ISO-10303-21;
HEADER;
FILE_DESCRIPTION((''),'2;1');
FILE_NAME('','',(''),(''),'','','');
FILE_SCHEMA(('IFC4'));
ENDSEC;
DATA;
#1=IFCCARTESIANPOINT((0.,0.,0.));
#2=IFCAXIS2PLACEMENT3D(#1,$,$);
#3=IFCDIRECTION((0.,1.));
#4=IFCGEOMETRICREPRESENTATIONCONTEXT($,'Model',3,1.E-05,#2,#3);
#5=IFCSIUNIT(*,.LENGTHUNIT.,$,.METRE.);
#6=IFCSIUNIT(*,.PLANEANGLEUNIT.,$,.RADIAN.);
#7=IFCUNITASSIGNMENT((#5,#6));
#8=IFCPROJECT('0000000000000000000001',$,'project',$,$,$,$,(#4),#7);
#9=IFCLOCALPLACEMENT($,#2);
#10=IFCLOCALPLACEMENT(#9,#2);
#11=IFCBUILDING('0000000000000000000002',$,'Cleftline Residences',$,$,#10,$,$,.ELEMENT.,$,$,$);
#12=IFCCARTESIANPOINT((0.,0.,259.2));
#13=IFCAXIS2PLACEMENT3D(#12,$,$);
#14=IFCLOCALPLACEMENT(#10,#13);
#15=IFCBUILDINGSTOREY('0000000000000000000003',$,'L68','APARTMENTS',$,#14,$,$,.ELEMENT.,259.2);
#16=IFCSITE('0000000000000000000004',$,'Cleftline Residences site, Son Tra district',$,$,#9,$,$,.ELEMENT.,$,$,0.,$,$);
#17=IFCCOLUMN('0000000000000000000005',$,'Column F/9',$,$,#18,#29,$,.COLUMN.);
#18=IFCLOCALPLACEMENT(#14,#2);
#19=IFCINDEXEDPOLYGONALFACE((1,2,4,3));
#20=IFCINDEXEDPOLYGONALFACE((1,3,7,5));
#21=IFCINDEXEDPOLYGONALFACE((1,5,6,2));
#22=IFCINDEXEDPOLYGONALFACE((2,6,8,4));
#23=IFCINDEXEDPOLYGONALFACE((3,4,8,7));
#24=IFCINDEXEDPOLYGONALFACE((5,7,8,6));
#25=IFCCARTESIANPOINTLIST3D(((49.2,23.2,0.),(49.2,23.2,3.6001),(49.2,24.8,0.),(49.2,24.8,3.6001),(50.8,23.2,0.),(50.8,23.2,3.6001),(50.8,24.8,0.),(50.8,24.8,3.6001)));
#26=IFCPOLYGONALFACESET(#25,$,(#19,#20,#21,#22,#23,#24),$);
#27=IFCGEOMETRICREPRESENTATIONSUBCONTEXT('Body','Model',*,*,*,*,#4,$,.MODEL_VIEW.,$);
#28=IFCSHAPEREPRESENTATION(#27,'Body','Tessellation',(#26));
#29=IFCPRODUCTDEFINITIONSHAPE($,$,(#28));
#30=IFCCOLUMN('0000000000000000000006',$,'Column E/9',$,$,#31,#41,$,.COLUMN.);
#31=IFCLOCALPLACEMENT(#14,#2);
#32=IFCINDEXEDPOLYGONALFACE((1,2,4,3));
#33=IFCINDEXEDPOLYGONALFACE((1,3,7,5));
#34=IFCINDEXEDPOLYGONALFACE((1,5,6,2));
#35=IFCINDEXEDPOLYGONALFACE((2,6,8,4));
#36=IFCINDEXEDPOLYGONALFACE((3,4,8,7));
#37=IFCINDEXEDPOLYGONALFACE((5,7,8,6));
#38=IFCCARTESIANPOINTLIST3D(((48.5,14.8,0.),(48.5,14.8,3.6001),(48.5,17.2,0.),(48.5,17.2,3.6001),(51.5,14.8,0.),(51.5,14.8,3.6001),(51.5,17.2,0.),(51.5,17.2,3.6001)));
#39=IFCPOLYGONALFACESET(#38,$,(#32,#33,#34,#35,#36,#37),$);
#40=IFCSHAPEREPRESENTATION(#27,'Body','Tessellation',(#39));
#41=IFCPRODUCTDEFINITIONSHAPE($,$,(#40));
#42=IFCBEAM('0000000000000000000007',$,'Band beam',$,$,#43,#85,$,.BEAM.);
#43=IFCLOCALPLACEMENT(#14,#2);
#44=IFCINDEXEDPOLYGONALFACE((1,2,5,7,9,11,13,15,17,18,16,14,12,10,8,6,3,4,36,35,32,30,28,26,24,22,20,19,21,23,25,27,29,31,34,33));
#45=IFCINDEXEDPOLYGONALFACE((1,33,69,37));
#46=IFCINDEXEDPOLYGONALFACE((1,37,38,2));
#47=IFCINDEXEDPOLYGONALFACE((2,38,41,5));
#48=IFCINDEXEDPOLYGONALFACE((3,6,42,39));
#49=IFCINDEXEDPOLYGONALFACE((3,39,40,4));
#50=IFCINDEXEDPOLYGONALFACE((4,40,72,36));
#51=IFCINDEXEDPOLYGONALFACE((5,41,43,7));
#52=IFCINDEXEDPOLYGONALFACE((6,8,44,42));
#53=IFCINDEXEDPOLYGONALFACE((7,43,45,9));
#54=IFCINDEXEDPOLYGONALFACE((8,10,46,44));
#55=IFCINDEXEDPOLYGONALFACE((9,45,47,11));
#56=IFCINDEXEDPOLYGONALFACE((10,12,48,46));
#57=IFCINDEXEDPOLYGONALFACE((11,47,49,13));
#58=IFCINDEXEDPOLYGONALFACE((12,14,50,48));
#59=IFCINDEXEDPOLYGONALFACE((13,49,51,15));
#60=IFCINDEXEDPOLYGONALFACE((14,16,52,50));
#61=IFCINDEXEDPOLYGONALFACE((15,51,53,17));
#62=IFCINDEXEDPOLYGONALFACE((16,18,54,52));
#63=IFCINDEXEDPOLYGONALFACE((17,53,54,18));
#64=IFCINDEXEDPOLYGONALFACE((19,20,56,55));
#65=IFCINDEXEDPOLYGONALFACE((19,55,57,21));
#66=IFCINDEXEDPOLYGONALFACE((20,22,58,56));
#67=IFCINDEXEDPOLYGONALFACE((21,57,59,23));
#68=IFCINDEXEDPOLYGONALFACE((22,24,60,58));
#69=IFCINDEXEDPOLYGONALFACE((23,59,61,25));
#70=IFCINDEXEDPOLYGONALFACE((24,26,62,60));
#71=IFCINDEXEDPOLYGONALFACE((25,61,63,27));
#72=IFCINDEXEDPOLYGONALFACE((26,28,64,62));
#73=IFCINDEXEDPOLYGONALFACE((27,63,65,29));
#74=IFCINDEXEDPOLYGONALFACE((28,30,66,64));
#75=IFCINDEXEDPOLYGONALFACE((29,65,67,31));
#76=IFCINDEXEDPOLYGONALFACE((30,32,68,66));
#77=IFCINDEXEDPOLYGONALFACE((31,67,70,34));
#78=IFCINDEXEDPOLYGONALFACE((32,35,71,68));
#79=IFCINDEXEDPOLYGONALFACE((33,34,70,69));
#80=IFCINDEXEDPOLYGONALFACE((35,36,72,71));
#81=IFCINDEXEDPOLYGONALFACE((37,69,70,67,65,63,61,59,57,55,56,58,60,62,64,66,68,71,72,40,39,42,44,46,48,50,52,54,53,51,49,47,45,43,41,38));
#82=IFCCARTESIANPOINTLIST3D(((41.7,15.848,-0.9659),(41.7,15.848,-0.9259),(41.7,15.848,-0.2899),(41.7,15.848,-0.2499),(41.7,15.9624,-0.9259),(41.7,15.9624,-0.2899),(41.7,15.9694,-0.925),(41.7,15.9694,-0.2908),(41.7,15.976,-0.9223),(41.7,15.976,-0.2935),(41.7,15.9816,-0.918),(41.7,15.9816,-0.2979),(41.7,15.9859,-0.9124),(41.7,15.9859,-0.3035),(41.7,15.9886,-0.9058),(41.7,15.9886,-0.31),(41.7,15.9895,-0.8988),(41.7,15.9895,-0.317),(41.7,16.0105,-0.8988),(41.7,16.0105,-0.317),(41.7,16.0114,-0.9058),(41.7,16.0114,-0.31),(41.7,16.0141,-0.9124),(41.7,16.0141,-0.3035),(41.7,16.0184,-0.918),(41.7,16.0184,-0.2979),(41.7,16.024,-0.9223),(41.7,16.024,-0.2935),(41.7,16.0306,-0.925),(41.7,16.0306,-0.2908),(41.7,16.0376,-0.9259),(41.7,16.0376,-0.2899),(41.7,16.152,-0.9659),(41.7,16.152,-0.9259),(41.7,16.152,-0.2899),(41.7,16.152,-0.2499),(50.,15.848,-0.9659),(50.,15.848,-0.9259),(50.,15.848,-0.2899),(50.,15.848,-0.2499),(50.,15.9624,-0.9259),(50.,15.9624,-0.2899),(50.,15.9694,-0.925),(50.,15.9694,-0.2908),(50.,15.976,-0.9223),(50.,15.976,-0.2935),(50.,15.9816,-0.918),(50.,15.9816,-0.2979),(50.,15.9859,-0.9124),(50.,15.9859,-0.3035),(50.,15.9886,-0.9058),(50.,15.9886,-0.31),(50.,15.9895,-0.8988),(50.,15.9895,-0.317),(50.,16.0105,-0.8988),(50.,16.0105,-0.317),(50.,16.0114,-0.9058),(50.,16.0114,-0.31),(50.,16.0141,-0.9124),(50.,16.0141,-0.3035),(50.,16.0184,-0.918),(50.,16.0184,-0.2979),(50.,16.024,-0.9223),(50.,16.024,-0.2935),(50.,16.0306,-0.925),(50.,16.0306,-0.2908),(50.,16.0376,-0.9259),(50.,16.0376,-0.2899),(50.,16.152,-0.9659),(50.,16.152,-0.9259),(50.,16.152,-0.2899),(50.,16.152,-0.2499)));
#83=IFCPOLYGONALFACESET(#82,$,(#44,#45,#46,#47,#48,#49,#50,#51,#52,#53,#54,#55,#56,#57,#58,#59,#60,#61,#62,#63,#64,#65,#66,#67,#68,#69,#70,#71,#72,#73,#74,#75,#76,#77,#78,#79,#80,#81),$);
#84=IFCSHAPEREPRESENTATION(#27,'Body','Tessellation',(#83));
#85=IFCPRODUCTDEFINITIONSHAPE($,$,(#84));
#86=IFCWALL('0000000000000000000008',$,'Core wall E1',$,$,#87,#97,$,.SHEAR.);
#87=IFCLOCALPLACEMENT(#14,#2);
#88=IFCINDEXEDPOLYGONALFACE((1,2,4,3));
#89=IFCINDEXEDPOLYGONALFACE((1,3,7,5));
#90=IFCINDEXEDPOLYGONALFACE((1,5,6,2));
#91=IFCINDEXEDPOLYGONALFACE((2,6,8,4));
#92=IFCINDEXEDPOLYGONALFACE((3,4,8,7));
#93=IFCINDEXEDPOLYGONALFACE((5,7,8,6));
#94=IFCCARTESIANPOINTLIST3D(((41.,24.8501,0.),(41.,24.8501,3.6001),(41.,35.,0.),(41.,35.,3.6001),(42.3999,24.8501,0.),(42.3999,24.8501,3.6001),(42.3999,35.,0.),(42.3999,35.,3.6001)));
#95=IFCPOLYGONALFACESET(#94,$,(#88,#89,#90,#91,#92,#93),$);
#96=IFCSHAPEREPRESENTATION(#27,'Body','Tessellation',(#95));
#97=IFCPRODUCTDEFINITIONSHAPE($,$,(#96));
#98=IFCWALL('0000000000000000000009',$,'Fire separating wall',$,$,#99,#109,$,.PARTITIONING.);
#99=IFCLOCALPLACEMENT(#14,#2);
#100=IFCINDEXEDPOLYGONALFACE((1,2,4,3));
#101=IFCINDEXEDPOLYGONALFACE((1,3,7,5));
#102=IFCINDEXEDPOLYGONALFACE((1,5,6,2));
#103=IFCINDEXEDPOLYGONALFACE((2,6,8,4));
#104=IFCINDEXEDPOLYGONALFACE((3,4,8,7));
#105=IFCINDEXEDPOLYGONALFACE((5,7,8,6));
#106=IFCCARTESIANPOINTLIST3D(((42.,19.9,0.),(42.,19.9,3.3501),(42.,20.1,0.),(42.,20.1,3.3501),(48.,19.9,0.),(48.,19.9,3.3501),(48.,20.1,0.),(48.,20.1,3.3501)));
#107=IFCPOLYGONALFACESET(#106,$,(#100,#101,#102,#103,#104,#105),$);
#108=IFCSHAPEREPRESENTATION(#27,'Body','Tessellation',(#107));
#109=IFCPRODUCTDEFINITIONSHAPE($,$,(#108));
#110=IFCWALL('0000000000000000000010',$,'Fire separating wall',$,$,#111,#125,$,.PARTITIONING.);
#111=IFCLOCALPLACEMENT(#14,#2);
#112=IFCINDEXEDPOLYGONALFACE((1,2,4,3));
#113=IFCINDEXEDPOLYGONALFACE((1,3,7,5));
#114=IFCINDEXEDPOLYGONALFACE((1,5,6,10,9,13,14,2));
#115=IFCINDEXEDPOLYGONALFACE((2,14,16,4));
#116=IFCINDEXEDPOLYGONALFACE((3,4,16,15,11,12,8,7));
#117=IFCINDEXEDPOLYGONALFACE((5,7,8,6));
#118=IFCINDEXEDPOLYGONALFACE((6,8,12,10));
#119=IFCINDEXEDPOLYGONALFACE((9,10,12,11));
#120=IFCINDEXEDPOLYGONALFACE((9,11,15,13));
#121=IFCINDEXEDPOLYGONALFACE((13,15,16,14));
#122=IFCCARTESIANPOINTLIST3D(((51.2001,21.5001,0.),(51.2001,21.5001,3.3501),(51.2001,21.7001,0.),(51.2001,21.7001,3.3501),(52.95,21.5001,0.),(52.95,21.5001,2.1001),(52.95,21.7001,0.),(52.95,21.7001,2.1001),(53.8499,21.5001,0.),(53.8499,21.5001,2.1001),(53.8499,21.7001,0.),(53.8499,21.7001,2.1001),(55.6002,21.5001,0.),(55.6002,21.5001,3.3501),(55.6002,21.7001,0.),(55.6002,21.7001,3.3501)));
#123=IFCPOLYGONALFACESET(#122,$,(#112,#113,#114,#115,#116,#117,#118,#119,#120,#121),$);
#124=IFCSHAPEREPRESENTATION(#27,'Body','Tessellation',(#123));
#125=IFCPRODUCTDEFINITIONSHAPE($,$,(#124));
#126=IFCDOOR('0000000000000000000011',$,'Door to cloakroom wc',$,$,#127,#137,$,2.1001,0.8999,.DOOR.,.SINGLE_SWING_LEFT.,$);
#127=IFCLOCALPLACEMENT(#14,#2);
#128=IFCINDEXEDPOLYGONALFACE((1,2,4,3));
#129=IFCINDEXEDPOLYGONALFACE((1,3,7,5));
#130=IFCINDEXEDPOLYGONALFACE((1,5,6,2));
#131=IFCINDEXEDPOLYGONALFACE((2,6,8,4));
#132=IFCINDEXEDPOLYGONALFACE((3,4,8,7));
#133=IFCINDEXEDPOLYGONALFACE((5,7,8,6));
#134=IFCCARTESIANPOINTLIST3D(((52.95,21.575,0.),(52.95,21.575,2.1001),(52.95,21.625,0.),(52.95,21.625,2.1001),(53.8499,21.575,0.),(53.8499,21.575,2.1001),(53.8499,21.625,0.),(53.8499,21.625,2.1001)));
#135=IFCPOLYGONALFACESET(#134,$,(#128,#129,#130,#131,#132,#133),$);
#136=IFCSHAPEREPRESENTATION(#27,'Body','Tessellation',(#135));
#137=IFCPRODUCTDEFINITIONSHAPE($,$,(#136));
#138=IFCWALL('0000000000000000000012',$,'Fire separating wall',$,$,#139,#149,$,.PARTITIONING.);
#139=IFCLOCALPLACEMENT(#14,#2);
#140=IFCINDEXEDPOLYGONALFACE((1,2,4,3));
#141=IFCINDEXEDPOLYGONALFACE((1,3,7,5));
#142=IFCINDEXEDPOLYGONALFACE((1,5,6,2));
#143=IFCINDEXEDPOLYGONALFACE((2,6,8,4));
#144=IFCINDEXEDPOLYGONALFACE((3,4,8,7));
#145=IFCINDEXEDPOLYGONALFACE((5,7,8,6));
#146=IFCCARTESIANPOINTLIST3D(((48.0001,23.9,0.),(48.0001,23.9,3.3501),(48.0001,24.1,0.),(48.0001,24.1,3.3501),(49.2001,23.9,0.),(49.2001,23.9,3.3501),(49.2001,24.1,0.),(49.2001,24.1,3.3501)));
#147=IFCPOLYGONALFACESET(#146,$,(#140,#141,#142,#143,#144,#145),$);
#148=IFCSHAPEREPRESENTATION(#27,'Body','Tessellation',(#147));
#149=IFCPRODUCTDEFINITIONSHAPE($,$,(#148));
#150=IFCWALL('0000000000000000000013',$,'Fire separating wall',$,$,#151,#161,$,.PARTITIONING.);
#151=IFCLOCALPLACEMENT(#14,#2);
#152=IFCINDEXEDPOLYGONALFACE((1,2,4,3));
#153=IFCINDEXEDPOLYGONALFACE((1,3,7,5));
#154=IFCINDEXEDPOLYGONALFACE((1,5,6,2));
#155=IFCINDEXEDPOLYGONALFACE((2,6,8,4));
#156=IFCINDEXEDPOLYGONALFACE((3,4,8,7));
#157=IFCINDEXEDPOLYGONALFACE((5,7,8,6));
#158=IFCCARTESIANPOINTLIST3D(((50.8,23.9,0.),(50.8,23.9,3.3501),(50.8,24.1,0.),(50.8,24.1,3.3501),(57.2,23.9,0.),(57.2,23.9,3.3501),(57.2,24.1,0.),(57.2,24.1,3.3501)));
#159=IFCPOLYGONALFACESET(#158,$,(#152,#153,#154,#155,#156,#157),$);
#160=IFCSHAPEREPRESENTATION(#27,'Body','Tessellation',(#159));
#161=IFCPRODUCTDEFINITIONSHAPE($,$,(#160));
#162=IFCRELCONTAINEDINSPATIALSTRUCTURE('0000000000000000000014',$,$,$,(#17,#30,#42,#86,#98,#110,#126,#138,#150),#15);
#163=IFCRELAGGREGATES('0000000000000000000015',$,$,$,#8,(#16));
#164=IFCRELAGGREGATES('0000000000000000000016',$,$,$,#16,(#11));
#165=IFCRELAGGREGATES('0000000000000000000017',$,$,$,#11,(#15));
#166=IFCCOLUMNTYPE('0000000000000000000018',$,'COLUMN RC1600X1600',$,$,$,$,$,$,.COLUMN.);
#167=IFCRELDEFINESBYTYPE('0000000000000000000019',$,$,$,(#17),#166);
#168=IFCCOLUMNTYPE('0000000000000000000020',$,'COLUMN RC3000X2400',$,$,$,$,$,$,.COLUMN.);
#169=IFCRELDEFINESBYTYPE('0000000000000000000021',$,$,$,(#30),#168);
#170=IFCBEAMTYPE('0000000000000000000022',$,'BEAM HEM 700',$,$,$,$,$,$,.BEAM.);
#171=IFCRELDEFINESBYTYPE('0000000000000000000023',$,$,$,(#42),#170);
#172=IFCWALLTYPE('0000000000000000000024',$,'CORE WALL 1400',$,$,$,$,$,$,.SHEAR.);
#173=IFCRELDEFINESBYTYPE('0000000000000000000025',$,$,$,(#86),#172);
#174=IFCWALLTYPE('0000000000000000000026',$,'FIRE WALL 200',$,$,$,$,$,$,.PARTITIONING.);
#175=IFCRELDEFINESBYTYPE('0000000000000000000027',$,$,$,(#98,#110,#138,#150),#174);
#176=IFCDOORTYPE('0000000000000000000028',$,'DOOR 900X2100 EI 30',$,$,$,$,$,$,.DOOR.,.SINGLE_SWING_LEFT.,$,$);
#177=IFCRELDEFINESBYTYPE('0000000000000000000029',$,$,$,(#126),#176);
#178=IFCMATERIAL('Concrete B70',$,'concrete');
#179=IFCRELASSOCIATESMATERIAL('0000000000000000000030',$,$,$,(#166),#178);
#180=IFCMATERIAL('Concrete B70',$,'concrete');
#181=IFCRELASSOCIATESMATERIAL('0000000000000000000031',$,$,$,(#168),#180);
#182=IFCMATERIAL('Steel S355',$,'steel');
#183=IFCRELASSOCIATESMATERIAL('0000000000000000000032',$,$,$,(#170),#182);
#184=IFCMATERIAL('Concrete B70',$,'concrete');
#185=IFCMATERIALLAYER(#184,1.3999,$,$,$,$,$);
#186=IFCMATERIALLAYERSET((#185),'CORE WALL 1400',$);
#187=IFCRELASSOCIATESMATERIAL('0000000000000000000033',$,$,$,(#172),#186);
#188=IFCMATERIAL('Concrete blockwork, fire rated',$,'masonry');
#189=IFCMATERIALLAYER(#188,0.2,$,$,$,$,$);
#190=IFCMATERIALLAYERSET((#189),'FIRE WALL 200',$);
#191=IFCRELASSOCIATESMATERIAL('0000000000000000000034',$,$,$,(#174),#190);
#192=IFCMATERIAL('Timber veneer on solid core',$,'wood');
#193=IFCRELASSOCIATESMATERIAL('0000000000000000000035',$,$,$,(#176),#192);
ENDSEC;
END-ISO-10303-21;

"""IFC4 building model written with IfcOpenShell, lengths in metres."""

from ifc_helpers import new_model, si_unit, direction, frame, frame_2d, origin, origin_2d, place, context, subcontext, project, spatial, rectangle, i_section, extrude, material, layer, layer_set, material_profile, profile_set, type_object, element, fill, save


model = new_model("IFC4")

# Units and contexts
model_context = context("Model", 3, precision=1e-05, world=origin(), true_north=direction((0.0, 1.0)))
body_context = subcontext(model_context, "Body", "Model", "MODEL_VIEW")
ifc_project = project(units=[si_unit("LENGTHUNIT", "METRE"), si_unit("PLANEANGLEUNIT", "RADIAN")], contexts=[model_context])

# Site, building, storey
site_placement = place(None, origin())
site = spatial("IfcSite", under=ifc_project, at=site_placement, Name="Cleftline Residences site, Son Tra district", CompositionType="ELEMENT", RefElevation=0.0)
building_placement = place(site_placement, origin())
building = spatial("IfcBuilding", under=site, at=building_placement, Name="Cleftline Residences", CompositionType="ELEMENT")
storey_placement = place(building_placement, frame((0.0, 0.0, 259.2)))
storey = spatial("IfcBuildingStorey", under=building, at=storey_placement, Name="L68", Description="APARTMENTS", CompositionType="ELEMENT", Elevation=259.2)

# Columns
ifc_material_1 = material(Name="Concrete B70", Category="concrete")
ifc_material_profile_1 = material_profile(ifc_material_1, rectangle(XDim=1.6001, YDim=1.6001, at=origin_2d()))
ifc_profile_set_1 = profile_set([ifc_material_profile_1], Name="Concrete B70")
column_type_1 = type_object("IfcColumnType", Name="COLUMN RC1600X1600", PredefinedType="COLUMN", material=ifc_profile_set_1)
column_1_placement = place(storey_placement, frame((50.0, 24.0, 0.0), z_axis=(0.0, 0.0, 1.0), x_axis=(1.0, 0.0, 0.0)))
element("IfcColumn", 1, at=column_1_placement, inside=storey, type_object=column_type_1, Name="Column F/9", PredefinedType="COLUMN", context=body_context, shape_type="SweptSolid", body=[
    extrude(rectangle(XDim=1.6001, YDim=1.6001, at=origin_2d()), origin(), (0.0, 0.0, 1.0), 3.6001),
])
ifc_material_2 = material(Name="Concrete B70", Category="concrete")
ifc_material_profile_2 = material_profile(ifc_material_2, rectangle(XDim=3.0, YDim=2.3999, at=origin_2d()))
ifc_profile_set_2 = profile_set([ifc_material_profile_2], Name="Concrete B70")
column_type_2 = type_object("IfcColumnType", Name="COLUMN RC3000X2400", PredefinedType="COLUMN", material=ifc_profile_set_2)
column_2_placement = place(storey_placement, frame((50.0, 16.0, 0.0), z_axis=(0.0, 0.0, 1.0), x_axis=(1.0, 0.0, 0.0)))
element("IfcColumn", 2, at=column_2_placement, inside=storey, type_object=column_type_2, Name="Column E/9", PredefinedType="COLUMN", context=body_context, shape_type="SweptSolid", body=[
    extrude(rectangle(XDim=3.0, YDim=2.3999, at=origin_2d()), origin(), (0.0, 0.0, 1.0), 3.6001),
])

# Beam
ifc_material_3 = material(Name="Steel S355", Category="steel")
ifc_material_profile_3 = material_profile(ifc_material_3, i_section(OverallWidth=0.304, OverallDepth=0.7161, WebThickness=0.021, FlangeThickness=0.04, FilletRadius=0.0271, at=origin_2d()))
ifc_profile_set_3 = profile_set([ifc_material_profile_3], Name="Steel S355")
beam_type = type_object("IfcBeamType", Name="BEAM HEM 700", PredefinedType="BEAM", material=ifc_profile_set_3)
beam_placement = place(storey_placement, frame((50.0, 16.0, -0.6079), z_axis=(-1.0, 0.0, 0.0), x_axis=(0.0, -1.0, 0.0)))
element("IfcBeam", 3, at=beam_placement, inside=storey, type_object=beam_type, Name="Band beam", PredefinedType="BEAM", context=body_context, shape_type="SweptSolid", body=[
    extrude(i_section(OverallWidth=0.304, OverallDepth=0.7161, WebThickness=0.021, FlangeThickness=0.04, FilletRadius=0.0271, at=origin_2d()), origin(), (0.0, 0.0, 1.0), 8.3),
])

# Walls
ifc_material_4 = material(Name="Concrete B70", Category="concrete")
ifc_layer_1 = layer(ifc_material_4, 1.3999)
ifc_layer_set_1 = layer_set([ifc_layer_1], Name="CORE WALL 1400")
wall_type_1 = type_object("IfcWallType", Name="CORE WALL 1400", PredefinedType="SHEAR", material=ifc_layer_set_1)
wall_1_placement = place(storey_placement, frame((41.7, 24.8501, 0.0), z_axis=(0.0, 0.0, 1.0), x_axis=(0.0, 1.0, 0.0)))
element("IfcWall", 4, at=wall_1_placement, inside=storey, type_object=wall_type_1, Name="Core wall E1", PredefinedType="SHEAR", context=body_context, shape_type="SweptSolid", body=[
    extrude(rectangle(XDim=10.1499, YDim=1.3999, at=frame_2d((5.075, 0.0))), origin(), (0.0, 0.0, 1.0), 3.6001),
])
ifc_material_5 = material(Name="Concrete blockwork, fire rated", Category="masonry")
ifc_layer_2 = layer(ifc_material_5, 0.2)
ifc_layer_set_2 = layer_set([ifc_layer_2], Name="FIRE WALL 200")
wall_type_2 = type_object("IfcWallType", Name="FIRE WALL 200", PredefinedType="PARTITIONING", material=ifc_layer_set_2)
wall_2_placement = place(storey_placement, frame((42.0, 20.0, 0.0), z_axis=(0.0, 0.0, 1.0), x_axis=(1.0, 0.0, 0.0)))
element("IfcWall", 5, at=wall_2_placement, inside=storey, type_object=wall_type_2, Name="Fire separating wall", PredefinedType="PARTITIONING", context=body_context, shape_type="SweptSolid", body=[
    extrude(rectangle(XDim=6.0, YDim=0.2, at=frame_2d((3.0, 0.0))), origin(), (0.0, 0.0, 1.0), 3.3501),
])

# Wall, opening, door
wall_3_placement = place(storey_placement, frame((51.2, 21.6001, 0.0), z_axis=(0.0, 0.0, 1.0), x_axis=(1.0, 0.0, 0.0)))
wall_3 = element("IfcWall", 6, at=wall_3_placement, inside=storey, type_object=wall_type_2, Name="Fire separating wall", PredefinedType="PARTITIONING", context=body_context, shape_type="SweptSolid", body=[
    extrude(rectangle(XDim=4.4001, YDim=0.2, at=frame_2d((2.2002, 0.0))), origin(), (0.0, 0.0, 1.0), 3.3501),
])
opening_1_placement = place(wall_3_placement, frame((1.75, 0.0, 0.0)))
opening_1 = element("IfcOpeningElement", 7, at=opening_1_placement, cuts=wall_3, PredefinedType="OPENING", context=body_context, shape_type="SweptSolid", body=[
    extrude(rectangle(XDim=0.8999, YDim=2.1001, at=frame_2d((0.45, 1.05))), frame((0.0, 0.1099, 0.0), z_axis=(0.0, -1.0, 0.0), x_axis=(1.0, 0.0, 0.0)), (0.0, 0.0, 1.0), 0.22),
])
ifc_material_6 = material(Name="Timber veneer on solid core", Category="wood")
door_type_1 = type_object("IfcDoorType", Name="DOOR 900X2100 EI 30", OperationType="SINGLE_SWING_LEFT", PredefinedType="DOOR", material=ifc_material_6)
door_1_placement = place(opening_1_placement, origin())
door_1 = element("IfcDoor", 8, at=door_1_placement, inside=storey, type_object=door_type_1, Name="Door to cloakroom wc", OperationType="SINGLE_SWING_LEFT", OverallHeight=2.1001, OverallWidth=0.8999, PredefinedType="DOOR", context=body_context, shape_type="SweptSolid", body=[
    extrude(rectangle(XDim=0.8999, YDim=2.1001, at=frame_2d((0.45, 1.05))), frame((0.0, 0.0249, 0.0), z_axis=(0.0, -1.0, 0.0), x_axis=(1.0, 0.0, 0.0)), (0.0, 0.0, 1.0), 0.05),
])
fill(opening_1, door_1)

# Walls
wall_4_placement = place(storey_placement, frame((48.0, 24.0, 0.0), z_axis=(0.0, 0.0, 1.0), x_axis=(1.0, 0.0, 0.0)))
element("IfcWall", 9, at=wall_4_placement, inside=storey, type_object=wall_type_2, Name="Fire separating wall", PredefinedType="PARTITIONING", context=body_context, shape_type="SweptSolid", body=[
    extrude(rectangle(XDim=1.2, YDim=0.2, at=frame_2d((0.6001, 0.0))), origin(), (0.0, 0.0, 1.0), 3.3501),
])
wall_5_placement = place(storey_placement, frame((50.8, 24.0, 0.0), z_axis=(0.0, 0.0, 1.0), x_axis=(1.0, 0.0, 0.0)))
element("IfcWall", 10, at=wall_5_placement, inside=storey, type_object=wall_type_2, Name="Fire separating wall", PredefinedType="PARTITIONING", context=body_context, shape_type="SweptSolid", body=[
    extrude(rectangle(XDim=6.3999, YDim=0.2, at=frame_2d((3.2, 0.0))), origin(), (0.0, 0.0, 1.0), 3.3501),
])

save(model, "model.ifc")
